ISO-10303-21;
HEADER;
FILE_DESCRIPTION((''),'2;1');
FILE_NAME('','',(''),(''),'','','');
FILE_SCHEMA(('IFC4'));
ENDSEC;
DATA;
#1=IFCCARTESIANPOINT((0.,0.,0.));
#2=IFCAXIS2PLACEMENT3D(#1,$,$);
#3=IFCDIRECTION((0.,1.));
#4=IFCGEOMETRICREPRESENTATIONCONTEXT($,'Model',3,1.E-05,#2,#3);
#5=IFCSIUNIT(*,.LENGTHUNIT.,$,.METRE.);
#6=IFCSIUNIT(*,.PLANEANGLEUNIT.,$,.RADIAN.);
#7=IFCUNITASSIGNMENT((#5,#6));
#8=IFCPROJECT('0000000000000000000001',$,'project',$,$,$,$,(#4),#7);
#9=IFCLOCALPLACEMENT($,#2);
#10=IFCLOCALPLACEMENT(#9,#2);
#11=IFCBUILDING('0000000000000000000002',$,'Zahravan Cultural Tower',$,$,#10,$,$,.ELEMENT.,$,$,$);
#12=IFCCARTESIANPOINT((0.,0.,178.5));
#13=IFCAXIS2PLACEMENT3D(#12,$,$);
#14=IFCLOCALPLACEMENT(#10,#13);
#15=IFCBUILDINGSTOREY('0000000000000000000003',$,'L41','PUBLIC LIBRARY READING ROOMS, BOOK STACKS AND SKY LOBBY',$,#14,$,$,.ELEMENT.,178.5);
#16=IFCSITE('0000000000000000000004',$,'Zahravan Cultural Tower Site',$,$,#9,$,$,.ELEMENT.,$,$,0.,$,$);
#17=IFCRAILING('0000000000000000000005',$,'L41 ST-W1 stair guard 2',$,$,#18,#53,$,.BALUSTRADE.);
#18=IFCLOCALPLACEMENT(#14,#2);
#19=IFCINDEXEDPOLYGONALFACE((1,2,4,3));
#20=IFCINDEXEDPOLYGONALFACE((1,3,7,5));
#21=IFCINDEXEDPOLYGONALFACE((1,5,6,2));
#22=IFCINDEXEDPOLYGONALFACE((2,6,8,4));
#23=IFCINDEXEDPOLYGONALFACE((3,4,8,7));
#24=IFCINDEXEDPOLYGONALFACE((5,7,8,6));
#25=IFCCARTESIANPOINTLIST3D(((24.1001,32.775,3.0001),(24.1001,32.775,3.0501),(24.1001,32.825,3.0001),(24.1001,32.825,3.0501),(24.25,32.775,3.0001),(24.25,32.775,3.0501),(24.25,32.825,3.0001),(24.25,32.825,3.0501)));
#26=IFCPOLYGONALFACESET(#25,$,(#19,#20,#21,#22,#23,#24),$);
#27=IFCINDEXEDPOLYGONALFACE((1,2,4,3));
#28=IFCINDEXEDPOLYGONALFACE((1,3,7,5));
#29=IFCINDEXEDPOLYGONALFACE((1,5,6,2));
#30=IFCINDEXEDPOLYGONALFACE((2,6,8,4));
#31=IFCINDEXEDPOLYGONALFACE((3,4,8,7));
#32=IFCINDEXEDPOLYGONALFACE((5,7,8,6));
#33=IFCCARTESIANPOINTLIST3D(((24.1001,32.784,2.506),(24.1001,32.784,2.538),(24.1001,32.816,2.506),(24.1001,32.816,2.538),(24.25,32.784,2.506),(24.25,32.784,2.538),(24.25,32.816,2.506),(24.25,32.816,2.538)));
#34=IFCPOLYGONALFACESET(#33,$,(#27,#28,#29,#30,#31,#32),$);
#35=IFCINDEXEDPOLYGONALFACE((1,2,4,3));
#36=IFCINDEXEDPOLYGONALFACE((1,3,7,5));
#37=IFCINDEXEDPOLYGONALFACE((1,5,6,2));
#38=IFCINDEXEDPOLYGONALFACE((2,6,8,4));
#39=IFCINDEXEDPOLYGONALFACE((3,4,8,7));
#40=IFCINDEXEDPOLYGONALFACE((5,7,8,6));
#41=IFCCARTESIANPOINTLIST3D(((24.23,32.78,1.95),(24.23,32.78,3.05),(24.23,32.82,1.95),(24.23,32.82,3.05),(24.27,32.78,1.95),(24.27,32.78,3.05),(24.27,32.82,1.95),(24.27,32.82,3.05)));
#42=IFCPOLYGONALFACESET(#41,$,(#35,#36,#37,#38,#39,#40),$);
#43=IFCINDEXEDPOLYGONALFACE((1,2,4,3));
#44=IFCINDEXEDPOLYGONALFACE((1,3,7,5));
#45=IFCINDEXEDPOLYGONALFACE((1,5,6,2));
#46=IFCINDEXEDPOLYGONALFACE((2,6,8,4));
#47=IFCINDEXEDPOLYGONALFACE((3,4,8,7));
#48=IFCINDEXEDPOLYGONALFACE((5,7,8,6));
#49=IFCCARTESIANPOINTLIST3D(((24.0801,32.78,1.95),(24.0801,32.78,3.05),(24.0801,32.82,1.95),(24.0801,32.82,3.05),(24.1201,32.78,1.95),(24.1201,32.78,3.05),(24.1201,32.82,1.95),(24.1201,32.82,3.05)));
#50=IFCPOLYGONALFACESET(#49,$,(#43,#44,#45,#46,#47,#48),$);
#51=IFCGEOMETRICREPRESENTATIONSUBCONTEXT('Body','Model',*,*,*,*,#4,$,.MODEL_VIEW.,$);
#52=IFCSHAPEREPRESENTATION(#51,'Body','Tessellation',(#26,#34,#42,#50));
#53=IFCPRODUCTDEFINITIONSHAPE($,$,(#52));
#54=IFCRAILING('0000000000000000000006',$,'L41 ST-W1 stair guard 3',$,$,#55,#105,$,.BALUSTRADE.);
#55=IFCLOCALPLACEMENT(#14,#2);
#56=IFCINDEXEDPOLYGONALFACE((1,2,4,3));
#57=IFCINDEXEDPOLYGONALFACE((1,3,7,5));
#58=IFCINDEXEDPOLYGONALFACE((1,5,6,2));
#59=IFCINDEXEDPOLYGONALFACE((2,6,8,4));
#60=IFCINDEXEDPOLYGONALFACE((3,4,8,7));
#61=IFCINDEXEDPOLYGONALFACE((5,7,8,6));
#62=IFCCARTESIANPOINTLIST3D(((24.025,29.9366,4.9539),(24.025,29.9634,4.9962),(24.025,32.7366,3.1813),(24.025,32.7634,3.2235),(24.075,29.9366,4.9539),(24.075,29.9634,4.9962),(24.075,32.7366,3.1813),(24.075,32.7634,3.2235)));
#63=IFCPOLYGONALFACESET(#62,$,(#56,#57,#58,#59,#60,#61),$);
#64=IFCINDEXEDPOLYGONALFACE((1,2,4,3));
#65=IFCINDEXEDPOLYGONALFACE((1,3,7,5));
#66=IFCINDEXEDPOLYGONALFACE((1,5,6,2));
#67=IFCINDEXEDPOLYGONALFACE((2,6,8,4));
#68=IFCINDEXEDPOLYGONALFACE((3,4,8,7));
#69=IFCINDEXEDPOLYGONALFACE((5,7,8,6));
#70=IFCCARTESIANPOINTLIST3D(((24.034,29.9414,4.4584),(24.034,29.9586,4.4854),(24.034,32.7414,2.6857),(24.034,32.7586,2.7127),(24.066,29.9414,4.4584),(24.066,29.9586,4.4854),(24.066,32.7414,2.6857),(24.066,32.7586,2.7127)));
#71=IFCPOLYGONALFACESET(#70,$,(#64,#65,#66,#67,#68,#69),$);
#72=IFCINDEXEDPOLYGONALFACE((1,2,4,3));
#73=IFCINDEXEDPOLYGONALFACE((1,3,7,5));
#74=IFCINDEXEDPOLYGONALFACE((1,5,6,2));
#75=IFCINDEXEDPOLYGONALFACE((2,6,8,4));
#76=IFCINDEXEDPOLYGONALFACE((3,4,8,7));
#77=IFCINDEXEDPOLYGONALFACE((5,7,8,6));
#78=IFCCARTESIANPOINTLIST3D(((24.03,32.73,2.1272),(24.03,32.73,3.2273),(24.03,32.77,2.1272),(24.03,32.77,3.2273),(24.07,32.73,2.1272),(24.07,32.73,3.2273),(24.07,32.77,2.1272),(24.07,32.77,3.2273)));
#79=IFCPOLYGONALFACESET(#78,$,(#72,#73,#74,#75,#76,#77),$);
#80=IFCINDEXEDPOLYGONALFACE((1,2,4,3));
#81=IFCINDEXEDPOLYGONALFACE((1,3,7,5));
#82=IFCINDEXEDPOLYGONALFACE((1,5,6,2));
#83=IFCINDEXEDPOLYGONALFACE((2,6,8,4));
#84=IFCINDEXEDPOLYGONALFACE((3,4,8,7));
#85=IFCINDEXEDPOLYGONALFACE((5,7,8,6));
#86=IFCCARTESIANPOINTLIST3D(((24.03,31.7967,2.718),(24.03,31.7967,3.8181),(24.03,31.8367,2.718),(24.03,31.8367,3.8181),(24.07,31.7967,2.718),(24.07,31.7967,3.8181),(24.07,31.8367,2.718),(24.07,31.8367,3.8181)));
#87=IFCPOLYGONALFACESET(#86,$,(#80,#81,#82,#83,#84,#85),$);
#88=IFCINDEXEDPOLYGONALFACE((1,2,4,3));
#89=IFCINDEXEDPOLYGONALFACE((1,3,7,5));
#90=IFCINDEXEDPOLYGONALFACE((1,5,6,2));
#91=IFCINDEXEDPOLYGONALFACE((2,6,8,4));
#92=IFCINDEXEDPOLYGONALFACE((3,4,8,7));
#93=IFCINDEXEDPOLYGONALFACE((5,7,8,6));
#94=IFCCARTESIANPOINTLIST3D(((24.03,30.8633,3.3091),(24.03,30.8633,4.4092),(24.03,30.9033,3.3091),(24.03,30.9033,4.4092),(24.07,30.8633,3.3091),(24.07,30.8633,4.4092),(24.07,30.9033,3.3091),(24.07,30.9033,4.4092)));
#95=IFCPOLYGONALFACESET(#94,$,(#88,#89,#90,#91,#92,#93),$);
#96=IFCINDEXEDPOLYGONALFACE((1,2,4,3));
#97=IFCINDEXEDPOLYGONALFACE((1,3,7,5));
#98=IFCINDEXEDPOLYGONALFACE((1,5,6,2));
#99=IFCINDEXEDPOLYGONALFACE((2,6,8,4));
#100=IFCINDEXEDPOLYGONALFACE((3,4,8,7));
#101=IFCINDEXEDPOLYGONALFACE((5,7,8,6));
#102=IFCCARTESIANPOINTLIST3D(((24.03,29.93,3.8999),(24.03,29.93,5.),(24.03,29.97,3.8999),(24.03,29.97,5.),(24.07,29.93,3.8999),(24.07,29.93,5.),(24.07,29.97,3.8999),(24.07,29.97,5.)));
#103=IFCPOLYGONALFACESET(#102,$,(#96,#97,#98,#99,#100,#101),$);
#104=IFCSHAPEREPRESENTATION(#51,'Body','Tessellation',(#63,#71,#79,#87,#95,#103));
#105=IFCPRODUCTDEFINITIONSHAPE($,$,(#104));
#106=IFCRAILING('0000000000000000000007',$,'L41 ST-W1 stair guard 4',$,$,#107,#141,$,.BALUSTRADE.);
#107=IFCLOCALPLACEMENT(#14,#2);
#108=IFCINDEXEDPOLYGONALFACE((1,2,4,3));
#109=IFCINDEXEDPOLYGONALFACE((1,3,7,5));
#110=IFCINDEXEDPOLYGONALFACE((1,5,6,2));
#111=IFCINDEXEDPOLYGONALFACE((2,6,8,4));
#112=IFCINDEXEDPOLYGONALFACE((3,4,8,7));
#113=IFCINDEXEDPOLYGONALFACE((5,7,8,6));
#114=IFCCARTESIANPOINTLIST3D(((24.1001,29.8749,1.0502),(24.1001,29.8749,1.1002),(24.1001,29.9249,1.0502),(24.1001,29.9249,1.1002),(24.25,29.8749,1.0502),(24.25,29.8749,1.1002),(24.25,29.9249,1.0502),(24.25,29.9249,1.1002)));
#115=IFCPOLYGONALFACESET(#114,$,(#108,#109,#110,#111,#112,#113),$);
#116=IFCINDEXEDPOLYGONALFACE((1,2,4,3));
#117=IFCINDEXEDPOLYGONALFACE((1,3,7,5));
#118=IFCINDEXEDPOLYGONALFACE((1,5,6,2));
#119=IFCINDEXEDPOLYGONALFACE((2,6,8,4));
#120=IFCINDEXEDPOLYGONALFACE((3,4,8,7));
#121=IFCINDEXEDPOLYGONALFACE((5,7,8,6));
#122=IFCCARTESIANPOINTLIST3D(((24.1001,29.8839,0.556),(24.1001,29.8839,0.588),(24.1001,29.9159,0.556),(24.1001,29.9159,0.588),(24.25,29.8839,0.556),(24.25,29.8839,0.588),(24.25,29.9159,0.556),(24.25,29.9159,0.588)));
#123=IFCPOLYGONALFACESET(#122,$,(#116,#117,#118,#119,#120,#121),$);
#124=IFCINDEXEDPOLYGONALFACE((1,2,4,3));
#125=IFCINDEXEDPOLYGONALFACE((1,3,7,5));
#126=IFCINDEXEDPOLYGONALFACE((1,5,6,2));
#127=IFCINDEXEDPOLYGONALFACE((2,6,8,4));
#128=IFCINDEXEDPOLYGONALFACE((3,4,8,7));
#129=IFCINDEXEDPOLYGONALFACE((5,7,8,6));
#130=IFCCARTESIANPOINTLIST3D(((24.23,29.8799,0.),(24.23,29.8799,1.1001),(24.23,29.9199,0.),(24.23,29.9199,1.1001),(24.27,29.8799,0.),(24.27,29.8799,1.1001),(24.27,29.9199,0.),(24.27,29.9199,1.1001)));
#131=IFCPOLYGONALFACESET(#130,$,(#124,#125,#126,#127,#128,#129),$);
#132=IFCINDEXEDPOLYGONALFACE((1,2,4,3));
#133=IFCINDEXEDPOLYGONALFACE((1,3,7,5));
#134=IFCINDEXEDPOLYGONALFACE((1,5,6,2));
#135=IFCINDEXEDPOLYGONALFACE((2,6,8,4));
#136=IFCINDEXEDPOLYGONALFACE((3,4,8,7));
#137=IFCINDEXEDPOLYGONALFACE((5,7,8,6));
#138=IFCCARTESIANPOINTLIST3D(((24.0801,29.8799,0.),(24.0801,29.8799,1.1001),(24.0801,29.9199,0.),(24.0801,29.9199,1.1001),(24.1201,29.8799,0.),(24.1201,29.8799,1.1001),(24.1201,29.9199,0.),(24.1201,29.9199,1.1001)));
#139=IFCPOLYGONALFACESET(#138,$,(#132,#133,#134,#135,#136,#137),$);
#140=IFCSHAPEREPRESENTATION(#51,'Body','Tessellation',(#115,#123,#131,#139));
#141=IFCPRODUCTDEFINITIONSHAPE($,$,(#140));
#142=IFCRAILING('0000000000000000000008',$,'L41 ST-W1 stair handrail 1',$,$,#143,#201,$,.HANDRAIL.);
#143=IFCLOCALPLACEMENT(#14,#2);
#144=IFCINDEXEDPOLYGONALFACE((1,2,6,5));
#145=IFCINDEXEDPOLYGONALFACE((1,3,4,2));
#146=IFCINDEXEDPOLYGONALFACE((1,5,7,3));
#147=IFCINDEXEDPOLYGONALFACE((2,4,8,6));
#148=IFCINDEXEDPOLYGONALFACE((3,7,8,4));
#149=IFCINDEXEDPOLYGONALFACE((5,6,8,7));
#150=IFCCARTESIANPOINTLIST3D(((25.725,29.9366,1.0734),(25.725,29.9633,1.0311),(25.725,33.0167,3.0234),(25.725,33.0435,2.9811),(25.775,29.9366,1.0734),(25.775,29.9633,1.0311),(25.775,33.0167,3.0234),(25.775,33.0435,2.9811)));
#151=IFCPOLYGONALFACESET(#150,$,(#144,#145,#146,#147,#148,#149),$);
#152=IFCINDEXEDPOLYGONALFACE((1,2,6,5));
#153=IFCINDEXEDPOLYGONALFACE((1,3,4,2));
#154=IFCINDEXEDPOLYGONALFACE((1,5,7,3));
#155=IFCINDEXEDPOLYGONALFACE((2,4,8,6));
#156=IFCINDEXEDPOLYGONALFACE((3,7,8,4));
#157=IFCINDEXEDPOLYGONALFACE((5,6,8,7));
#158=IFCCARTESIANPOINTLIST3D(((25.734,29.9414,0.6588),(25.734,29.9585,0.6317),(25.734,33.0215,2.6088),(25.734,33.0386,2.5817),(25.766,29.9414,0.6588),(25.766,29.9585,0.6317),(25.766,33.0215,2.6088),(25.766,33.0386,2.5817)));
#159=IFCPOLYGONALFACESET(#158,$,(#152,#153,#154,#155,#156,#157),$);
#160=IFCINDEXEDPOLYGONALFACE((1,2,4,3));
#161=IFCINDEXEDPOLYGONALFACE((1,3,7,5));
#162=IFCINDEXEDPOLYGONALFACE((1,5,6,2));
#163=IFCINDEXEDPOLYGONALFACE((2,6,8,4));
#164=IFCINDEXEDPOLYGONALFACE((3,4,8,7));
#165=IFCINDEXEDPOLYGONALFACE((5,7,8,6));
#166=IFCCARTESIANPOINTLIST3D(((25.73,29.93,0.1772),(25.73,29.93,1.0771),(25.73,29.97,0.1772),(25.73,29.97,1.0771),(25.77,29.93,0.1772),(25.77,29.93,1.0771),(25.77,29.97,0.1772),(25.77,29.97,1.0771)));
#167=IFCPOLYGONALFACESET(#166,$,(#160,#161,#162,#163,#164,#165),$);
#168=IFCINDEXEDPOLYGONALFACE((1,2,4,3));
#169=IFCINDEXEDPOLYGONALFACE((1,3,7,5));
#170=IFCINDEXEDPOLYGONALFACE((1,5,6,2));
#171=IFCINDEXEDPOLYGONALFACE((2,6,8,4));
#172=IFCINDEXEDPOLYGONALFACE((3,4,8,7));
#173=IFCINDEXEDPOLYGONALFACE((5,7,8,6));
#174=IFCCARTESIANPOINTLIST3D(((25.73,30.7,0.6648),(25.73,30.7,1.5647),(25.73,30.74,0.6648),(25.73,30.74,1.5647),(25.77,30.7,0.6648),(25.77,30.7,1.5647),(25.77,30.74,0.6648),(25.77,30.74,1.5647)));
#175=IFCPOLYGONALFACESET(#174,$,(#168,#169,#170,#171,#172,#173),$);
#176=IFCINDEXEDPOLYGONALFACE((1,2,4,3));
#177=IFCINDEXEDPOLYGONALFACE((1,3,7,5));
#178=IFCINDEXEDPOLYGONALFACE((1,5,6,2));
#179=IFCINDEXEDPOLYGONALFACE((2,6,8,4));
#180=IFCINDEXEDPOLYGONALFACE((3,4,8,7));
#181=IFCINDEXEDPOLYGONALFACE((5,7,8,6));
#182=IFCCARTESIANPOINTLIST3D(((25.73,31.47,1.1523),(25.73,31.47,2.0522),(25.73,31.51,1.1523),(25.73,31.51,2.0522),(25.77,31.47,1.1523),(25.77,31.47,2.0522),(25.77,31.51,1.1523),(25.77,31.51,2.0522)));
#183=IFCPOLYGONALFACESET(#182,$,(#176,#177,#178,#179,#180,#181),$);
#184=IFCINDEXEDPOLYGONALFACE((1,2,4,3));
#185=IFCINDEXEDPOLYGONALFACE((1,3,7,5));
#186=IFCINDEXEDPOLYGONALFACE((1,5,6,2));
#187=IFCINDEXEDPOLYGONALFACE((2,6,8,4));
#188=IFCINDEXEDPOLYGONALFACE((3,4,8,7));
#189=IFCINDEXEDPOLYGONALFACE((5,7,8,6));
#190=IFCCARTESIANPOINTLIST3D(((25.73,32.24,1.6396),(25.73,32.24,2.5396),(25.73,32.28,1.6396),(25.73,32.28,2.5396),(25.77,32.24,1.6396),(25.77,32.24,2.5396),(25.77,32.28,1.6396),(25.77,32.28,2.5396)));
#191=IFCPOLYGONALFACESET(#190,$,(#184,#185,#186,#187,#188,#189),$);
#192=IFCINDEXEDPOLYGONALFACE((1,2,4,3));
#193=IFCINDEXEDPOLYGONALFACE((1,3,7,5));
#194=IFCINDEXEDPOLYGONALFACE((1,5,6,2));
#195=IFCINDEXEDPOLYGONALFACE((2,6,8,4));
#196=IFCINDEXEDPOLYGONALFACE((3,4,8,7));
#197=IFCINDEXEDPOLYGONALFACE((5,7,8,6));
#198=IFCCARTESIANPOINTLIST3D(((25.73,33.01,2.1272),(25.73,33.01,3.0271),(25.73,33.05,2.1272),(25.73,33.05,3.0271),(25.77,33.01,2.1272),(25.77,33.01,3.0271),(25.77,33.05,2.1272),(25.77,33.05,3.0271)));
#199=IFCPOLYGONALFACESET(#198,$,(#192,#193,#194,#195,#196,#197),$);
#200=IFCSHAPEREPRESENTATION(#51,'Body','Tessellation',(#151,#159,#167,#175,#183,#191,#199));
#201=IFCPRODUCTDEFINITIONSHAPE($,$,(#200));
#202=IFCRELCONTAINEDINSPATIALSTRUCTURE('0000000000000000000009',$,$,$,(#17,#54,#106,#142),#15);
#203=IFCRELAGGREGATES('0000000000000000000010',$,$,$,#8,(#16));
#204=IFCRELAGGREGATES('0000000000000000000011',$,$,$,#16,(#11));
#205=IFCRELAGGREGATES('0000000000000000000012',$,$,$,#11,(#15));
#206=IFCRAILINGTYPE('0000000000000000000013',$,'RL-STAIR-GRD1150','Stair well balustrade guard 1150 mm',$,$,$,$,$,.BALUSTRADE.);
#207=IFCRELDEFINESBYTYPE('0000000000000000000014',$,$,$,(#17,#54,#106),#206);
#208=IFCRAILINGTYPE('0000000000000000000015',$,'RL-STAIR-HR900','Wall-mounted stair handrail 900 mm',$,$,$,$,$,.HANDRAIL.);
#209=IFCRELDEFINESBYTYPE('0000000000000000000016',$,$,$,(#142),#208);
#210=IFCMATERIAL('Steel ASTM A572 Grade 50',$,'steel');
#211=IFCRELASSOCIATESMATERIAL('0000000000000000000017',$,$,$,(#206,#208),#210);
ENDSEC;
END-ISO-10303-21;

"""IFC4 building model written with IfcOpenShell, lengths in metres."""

from ifc_helpers import new_model, si_unit, direction, frame, origin, origin_2d, place, context, subcontext, project, spatial, rectangle, extrude, material, type_object, element, save


model = new_model("IFC4")

# Units and contexts
model_context = context("Model", 3, precision=1e-05, world=origin(), true_north=direction((0.0, 1.0)))
body_context = subcontext(model_context, "Body", "Model", "MODEL_VIEW")
ifc_project = project(units=[si_unit("LENGTHUNIT", "METRE"), si_unit("PLANEANGLEUNIT", "RADIAN")], contexts=[model_context])

# Site, building, storey
site_placement = place(None, origin())
site = spatial("IfcSite", under=ifc_project, at=site_placement, Name="Zahravan Cultural Tower Site", CompositionType="ELEMENT", RefElevation=0.0)
building_placement = place(site_placement, origin())
building = spatial("IfcBuilding", under=site, at=building_placement, Name="Zahravan Cultural Tower", CompositionType="ELEMENT")
storey_placement = place(building_placement, frame((0.0, 0.0, 178.5)))
storey = spatial("IfcBuildingStorey", under=building, at=storey_placement, Name="L41", Description="PUBLIC LIBRARY READING ROOMS, BOOK STACKS AND SKY LOBBY", CompositionType="ELEMENT", Elevation=178.5)

# Railings
ifc_material_1 = material(Name="Steel ASTM A572 Grade 50", Category="steel")
railing_type_1 = type_object("IfcRailingType", Name="RL-STAIR-GRD1150", Description="Stair well balustrade guard 1150 mm", PredefinedType="BALUSTRADE", material=ifc_material_1)
railing_1_placement = place(storey_placement, frame((24.25, 32.8, 1.95)))
element("IfcRailing", 1, at=railing_1_placement, inside=storey, type_object=railing_type_1, Name="L41 ST-W1 stair guard 2", PredefinedType="BALUSTRADE", context=body_context, shape_type="SweptSolid", body=[
    extrude(rectangle(XDim=0.05, YDim=0.05, at=origin_2d()), frame((0.0, 0.0, 1.0752), z_axis=(-1.0, 0.0, 0.0), x_axis=(0.0, -1.0, 0.0)), (0.0, 0.0, 1.0), 0.1499),
    extrude(rectangle(XDim=0.032, YDim=0.032, at=origin_2d()), frame((0.0, 0.0, 0.572), z_axis=(-1.0, 0.0, 0.0), x_axis=(0.0, -1.0, 0.0)), (0.0, 0.0, 1.0), 0.1499),
    extrude(rectangle(XDim=0.04, YDim=0.04, at=origin_2d()), origin(), (0.0, 0.0, 1.0), 1.1001),
    extrude(rectangle(XDim=0.04, YDim=0.04, at=origin_2d()), frame((-0.1499, 0.0, 0.0)), (0.0, 0.0, 1.0), 1.1001),
])
railing_2_placement = place(storey_placement, frame((24.05, 32.75, 2.1272)))
element("IfcRailing", 2, at=railing_2_placement, inside=storey, type_object=railing_type_1, Name="L41 ST-W1 stair guard 3", PredefinedType="BALUSTRADE", context=body_context, shape_type="SweptSolid", body=[
    extrude(rectangle(XDim=0.05, YDim=0.05, at=origin_2d()), frame((0.0, 0.0, 1.0752), z_axis=(0.0, -0.844909, 0.53491), x_axis=(1.0, 0.0, 0.0)), (0.0, 0.0, 1.0), 3.314),
    extrude(rectangle(XDim=0.032, YDim=0.032, at=origin_2d()), frame((0.0, 0.0, 0.572), z_axis=(0.0, -0.844909, 0.53491), x_axis=(1.0, 0.0, 0.0)), (0.0, 0.0, 1.0), 3.314),
    extrude(rectangle(XDim=0.04, YDim=0.04, at=origin_2d()), origin(), (0.0, 0.0, 1.0), 1.1001),
    extrude(rectangle(XDim=0.04, YDim=0.04, at=origin_2d()), frame((0.0, -0.9333, 0.5908)), (0.0, 0.0, 1.0), 1.1001),
    extrude(rectangle(XDim=0.04, YDim=0.04, at=origin_2d()), frame((0.0, -1.8667, 1.1819)), (0.0, 0.0, 1.0), 1.1001),
    extrude(rectangle(XDim=0.04, YDim=0.04, at=origin_2d()), frame((0.0, -2.8, 1.7727)), (0.0, 0.0, 1.0), 1.1001),
])
railing_3_placement = place(storey_placement, frame((24.25, 29.8999, 0.0)))
element("IfcRailing", 3, at=railing_3_placement, inside=storey, type_object=railing_type_1, Name="L41 ST-W1 stair guard 4", PredefinedType="BALUSTRADE", context=body_context, shape_type="SweptSolid", body=[
    extrude(rectangle(XDim=0.05, YDim=0.05, at=origin_2d()), frame((0.0, 0.0, 1.0752), z_axis=(-1.0, 0.0, 0.0), x_axis=(0.0, -1.0, 0.0)), (0.0, 0.0, 1.0), 0.1499),
    extrude(rectangle(XDim=0.032, YDim=0.032, at=origin_2d()), frame((0.0, 0.0, 0.572), z_axis=(-1.0, 0.0, 0.0), x_axis=(0.0, -1.0, 0.0)), (0.0, 0.0, 1.0), 0.1499),
    extrude(rectangle(XDim=0.04, YDim=0.04, at=origin_2d()), origin(), (0.0, 0.0, 1.0), 1.1001),
    extrude(rectangle(XDim=0.04, YDim=0.04, at=origin_2d()), frame((-0.1499, 0.0, 0.0)), (0.0, 0.0, 1.0), 1.1001),
])
railing_type_2 = type_object("IfcRailingType", Name="RL-STAIR-HR900", Description="Wall-mounted stair handrail 900 mm", PredefinedType="HANDRAIL", material=ifc_material_1)
railing_4_placement = place(storey_placement, frame((25.75, 29.95, 0.1772)))
element("IfcRailing", 4, at=railing_4_placement, inside=storey, type_object=railing_type_2, Name="L41 ST-W1 stair handrail 1", PredefinedType="HANDRAIL", context=body_context, shape_type="SweptSolid", body=[
    extrude(rectangle(XDim=0.05, YDim=0.05, at=origin_2d()), frame((0.0, 0.0, 0.875), z_axis=(0.0, 0.844914, 0.534902), x_axis=(-1.0, 0.0, 0.0)), (0.0, 0.0, 1.0), 3.6455),
    extrude(rectangle(XDim=0.032, YDim=0.032, at=origin_2d()), frame((0.0, 0.0, 0.468), z_axis=(0.0, 0.844914, 0.534902), x_axis=(-1.0, 0.0, 0.0)), (0.0, 0.0, 1.0), 3.6455),
    extrude(rectangle(XDim=0.04, YDim=0.04, at=origin_2d()), origin(), (0.0, 0.0, 1.0), 0.8999),
    extrude(rectangle(XDim=0.04, YDim=0.04, at=origin_2d()), frame((0.0, 0.77, 0.4875)), (0.0, 0.0, 1.0), 0.8999),
    extrude(rectangle(XDim=0.04, YDim=0.04, at=origin_2d()), frame((0.0, 1.54, 0.9751)), (0.0, 0.0, 1.0), 0.8999),
    extrude(rectangle(XDim=0.04, YDim=0.04, at=origin_2d()), frame((0.0, 2.3101, 1.4624)), (0.0, 0.0, 1.0), 0.8999),
    extrude(rectangle(XDim=0.04, YDim=0.04, at=origin_2d()), frame((0.0, 3.0801, 1.95)), (0.0, 0.0, 1.0), 0.8999),
])

save(model, "model.ifc")
